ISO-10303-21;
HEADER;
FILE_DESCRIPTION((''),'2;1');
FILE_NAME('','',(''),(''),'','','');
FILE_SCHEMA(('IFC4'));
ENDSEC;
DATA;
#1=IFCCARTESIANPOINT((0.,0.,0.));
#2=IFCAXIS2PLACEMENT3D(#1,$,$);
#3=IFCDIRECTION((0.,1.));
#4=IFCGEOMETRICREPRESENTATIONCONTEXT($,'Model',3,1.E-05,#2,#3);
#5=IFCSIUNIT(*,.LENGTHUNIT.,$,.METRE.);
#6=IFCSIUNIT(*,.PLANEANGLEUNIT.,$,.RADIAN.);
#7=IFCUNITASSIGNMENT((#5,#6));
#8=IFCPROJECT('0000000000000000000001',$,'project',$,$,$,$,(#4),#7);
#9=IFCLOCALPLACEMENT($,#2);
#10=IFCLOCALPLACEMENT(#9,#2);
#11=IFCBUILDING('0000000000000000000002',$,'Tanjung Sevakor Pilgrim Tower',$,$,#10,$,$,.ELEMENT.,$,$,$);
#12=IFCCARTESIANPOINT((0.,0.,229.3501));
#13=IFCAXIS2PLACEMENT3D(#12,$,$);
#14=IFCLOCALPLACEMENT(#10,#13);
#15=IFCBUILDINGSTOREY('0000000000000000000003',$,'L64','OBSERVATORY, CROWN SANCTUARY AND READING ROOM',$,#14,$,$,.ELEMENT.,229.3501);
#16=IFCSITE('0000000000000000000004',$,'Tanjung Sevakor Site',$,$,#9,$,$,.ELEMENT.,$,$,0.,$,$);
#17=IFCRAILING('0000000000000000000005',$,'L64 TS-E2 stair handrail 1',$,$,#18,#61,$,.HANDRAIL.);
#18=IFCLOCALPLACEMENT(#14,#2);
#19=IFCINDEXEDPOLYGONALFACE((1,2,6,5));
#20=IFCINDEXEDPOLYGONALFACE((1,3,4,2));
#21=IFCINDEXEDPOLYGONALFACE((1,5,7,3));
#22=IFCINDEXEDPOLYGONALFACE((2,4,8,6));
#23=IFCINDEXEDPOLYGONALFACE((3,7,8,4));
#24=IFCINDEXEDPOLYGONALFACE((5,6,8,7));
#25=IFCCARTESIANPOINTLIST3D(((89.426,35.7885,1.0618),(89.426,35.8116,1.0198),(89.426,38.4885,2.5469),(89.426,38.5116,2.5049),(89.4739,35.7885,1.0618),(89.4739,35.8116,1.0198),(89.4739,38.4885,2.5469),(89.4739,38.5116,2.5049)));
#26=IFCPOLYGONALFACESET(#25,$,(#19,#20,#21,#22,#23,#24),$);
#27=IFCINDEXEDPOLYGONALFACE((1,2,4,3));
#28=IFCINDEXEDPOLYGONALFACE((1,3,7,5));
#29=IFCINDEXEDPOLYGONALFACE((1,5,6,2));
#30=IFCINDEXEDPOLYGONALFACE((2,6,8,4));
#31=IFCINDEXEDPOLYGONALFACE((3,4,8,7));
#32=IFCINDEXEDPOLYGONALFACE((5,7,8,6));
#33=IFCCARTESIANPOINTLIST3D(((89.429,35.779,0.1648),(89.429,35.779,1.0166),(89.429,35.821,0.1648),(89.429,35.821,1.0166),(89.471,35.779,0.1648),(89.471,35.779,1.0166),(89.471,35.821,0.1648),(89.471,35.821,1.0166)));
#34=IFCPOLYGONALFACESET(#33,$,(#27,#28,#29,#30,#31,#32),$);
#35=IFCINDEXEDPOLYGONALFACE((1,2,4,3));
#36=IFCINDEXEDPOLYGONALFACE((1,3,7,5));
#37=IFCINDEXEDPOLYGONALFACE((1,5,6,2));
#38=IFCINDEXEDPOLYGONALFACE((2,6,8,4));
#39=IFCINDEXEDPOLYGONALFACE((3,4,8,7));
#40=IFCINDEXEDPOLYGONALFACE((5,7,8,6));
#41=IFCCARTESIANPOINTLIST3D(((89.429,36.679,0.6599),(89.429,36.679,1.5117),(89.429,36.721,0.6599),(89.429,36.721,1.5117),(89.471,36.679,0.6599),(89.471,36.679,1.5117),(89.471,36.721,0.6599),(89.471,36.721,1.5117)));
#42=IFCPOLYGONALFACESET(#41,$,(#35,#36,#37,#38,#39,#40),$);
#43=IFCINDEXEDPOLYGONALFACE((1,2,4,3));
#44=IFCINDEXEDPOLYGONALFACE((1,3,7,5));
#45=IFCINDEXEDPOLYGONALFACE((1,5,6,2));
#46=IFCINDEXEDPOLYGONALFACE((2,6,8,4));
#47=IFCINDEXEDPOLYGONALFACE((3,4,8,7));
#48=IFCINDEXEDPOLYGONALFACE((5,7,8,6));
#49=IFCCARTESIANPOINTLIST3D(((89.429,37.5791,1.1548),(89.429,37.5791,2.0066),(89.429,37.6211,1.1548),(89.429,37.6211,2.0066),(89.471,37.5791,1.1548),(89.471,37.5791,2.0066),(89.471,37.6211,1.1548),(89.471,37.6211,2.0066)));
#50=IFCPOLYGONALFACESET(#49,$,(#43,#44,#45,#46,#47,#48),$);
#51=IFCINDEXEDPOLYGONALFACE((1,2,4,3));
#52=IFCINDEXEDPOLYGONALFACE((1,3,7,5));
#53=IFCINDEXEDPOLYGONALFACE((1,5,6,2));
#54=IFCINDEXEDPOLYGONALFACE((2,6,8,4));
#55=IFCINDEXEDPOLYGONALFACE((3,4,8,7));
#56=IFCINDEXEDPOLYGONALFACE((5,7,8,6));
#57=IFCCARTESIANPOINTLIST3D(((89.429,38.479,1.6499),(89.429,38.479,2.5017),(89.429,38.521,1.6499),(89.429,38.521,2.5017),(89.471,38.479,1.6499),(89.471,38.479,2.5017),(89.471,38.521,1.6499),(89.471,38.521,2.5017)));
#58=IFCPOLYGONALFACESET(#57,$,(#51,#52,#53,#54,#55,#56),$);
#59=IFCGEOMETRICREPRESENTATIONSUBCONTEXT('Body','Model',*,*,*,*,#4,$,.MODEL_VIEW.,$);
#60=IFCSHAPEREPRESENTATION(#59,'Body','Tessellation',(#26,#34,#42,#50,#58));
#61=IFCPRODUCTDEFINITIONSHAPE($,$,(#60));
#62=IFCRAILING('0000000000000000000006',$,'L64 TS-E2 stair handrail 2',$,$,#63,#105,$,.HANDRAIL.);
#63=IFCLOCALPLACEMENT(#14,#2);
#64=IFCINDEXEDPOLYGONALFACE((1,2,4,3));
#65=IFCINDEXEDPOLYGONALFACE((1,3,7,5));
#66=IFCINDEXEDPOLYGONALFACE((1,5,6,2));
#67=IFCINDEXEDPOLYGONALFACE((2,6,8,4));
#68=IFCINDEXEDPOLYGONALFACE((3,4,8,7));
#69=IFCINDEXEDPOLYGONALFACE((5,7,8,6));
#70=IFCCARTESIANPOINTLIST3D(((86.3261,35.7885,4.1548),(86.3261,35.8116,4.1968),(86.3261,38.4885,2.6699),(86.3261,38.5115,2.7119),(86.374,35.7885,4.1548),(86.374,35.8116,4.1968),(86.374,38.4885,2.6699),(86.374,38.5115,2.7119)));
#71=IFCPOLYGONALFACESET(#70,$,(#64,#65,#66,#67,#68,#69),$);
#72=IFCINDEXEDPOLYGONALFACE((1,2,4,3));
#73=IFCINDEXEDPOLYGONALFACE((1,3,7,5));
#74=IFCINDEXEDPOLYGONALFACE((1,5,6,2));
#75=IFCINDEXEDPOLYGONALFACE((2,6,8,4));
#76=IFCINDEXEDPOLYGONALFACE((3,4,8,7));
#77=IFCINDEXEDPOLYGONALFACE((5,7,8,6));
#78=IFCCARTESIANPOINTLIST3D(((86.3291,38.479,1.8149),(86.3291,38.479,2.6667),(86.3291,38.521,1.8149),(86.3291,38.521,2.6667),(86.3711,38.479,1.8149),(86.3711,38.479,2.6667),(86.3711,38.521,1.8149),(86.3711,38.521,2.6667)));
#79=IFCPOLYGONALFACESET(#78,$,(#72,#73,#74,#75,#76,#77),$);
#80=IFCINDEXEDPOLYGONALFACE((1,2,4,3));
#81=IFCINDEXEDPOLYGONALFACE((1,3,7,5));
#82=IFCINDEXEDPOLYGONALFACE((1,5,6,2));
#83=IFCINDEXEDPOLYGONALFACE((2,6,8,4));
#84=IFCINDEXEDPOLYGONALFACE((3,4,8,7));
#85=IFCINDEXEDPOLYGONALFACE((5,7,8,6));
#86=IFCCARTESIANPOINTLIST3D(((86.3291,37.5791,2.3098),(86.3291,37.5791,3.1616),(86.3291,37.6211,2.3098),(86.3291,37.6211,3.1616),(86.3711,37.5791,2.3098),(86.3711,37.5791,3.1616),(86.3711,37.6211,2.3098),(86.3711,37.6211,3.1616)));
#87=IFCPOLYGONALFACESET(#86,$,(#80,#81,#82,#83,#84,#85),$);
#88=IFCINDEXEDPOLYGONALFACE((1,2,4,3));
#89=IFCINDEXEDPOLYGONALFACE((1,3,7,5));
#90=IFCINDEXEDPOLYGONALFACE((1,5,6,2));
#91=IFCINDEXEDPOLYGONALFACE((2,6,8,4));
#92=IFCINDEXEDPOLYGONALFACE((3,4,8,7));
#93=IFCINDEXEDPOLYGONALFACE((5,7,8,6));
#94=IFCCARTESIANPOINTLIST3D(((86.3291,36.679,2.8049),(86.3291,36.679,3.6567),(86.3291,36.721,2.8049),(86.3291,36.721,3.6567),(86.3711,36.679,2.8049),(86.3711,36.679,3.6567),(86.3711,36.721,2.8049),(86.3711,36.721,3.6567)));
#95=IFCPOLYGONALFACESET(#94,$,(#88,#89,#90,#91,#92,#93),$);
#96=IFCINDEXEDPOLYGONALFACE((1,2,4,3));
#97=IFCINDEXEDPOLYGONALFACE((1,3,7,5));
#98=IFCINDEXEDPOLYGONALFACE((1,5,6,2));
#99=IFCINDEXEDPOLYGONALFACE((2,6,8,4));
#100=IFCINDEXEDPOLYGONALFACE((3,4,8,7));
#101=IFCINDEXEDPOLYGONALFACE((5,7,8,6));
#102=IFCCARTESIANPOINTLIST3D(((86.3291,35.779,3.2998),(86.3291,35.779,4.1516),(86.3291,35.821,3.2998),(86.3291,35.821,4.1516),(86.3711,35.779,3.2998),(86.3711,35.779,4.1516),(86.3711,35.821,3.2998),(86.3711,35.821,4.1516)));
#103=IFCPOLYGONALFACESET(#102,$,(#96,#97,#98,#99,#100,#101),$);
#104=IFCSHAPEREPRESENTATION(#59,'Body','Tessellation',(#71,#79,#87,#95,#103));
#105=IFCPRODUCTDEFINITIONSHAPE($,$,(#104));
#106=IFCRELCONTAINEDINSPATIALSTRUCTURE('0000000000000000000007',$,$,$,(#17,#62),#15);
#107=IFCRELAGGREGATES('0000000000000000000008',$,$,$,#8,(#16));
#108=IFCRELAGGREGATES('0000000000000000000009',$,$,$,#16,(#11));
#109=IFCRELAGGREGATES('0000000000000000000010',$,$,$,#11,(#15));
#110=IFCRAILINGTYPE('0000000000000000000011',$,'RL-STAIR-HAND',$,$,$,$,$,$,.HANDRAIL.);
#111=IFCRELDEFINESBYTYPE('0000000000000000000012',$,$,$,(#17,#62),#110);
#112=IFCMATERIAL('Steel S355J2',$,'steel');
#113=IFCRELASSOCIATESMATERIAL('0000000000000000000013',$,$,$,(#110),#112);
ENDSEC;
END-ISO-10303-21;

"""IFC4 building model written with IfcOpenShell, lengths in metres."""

from ifc_helpers import new_model, si_unit, direction, frame, origin, place, context, subcontext, project, spatial, rectangle, extrude, material, type_object, element, save


model = new_model("IFC4")

# Units and contexts
model_context = context("Model", 3, precision=1e-05, world=origin(), true_north=direction((0.0, 1.0)))
body_context = subcontext(model_context, "Body", "Model", "MODEL_VIEW")
ifc_project = project(units=[si_unit("LENGTHUNIT", "METRE"), si_unit("PLANEANGLEUNIT", "RADIAN")], contexts=[model_context])

# Site, building, storey
site_placement = place(None, origin())
site = spatial("IfcSite", under=ifc_project, at=site_placement, Name="Tanjung Sevakor Site", CompositionType="ELEMENT", RefElevation=0.0)
building_placement = place(site_placement, origin())
building = spatial("IfcBuilding", under=site, at=building_placement, Name="Tanjung Sevakor Pilgrim Tower", CompositionType="ELEMENT")
storey_placement = place(building_placement, frame((0.0, 0.0, 229.3501)))
storey = spatial("IfcBuildingStorey", under=building, at=storey_placement, Name="L64", Description="OBSERVATORY, CROWN SANCTUARY AND READING ROOM", CompositionType="ELEMENT", Elevation=229.3501)

# Railings
ifc_material_1 = material(Name="Steel S355J2", Category="steel")
railing_type_1 = type_object("IfcRailingType", Name="RL-STAIR-HAND", PredefinedType="HANDRAIL", material=ifc_material_1)
railing_1_placement = place(storey_placement, frame((89.45, 35.8, 0.1648)))
element("IfcRailing", 1, at=railing_1_placement, inside=storey, type_object=railing_type_1, Name="L64 TS-E2 stair handrail 1", PredefinedType="HANDRAIL", context=body_context, shape_type="SweptSolid", body=[
    extrude(rectangle(XDim=0.0479, YDim=0.0479), frame((0.0, 0.0, 0.876), z_axis=(0.0, 0.876198, 0.481952), x_axis=(-1.0, 0.0, 0.0)), (0.0, 0.0, 1.0), 3.0815),
    extrude(rectangle(XDim=0.042, YDim=0.042), origin(), (0.0, 0.0, 1.0), 0.8518),
    extrude(rectangle(XDim=0.042, YDim=0.042), frame((0.0, 0.8999, 0.4951)), (0.0, 0.0, 1.0), 0.8518),
    extrude(rectangle(XDim=0.042, YDim=0.042), frame((0.0, 1.8, 0.99)), (0.0, 0.0, 1.0), 0.8518),
    extrude(rectangle(XDim=0.042, YDim=0.042), frame((0.0, 2.7, 1.4851)), (0.0, 0.0, 1.0), 0.8518),
])
railing_2_placement = place(storey_placement, frame((86.3501, 38.5, 1.8149)))
element("IfcRailing", 2, at=railing_2_placement, inside=storey, type_object=railing_type_1, Name="L64 TS-E2 stair handrail 2", PredefinedType="HANDRAIL", context=body_context, shape_type="SweptSolid", body=[
    extrude(rectangle(XDim=0.0479, YDim=0.0479), frame((0.0, 0.0, 0.876), z_axis=(0.0, -0.876231, 0.481891), x_axis=(1.0, 0.0, 0.0)), (0.0, 0.0, 1.0), 3.0813),
    extrude(rectangle(XDim=0.042, YDim=0.042), origin(), (0.0, 0.0, 1.0), 0.8518),
    extrude(rectangle(XDim=0.042, YDim=0.042), frame((0.0, -0.8999, 0.4949)), (0.0, 0.0, 1.0), 0.8518),
    extrude(rectangle(XDim=0.042, YDim=0.042), frame((0.0, -1.8, 0.99)), (0.0, 0.0, 1.0), 0.8518),
    extrude(rectangle(XDim=0.042, YDim=0.042), frame((0.0, -2.7, 1.4849)), (0.0, 0.0, 1.0), 0.8518),
])

save(model, "model.ifc")
